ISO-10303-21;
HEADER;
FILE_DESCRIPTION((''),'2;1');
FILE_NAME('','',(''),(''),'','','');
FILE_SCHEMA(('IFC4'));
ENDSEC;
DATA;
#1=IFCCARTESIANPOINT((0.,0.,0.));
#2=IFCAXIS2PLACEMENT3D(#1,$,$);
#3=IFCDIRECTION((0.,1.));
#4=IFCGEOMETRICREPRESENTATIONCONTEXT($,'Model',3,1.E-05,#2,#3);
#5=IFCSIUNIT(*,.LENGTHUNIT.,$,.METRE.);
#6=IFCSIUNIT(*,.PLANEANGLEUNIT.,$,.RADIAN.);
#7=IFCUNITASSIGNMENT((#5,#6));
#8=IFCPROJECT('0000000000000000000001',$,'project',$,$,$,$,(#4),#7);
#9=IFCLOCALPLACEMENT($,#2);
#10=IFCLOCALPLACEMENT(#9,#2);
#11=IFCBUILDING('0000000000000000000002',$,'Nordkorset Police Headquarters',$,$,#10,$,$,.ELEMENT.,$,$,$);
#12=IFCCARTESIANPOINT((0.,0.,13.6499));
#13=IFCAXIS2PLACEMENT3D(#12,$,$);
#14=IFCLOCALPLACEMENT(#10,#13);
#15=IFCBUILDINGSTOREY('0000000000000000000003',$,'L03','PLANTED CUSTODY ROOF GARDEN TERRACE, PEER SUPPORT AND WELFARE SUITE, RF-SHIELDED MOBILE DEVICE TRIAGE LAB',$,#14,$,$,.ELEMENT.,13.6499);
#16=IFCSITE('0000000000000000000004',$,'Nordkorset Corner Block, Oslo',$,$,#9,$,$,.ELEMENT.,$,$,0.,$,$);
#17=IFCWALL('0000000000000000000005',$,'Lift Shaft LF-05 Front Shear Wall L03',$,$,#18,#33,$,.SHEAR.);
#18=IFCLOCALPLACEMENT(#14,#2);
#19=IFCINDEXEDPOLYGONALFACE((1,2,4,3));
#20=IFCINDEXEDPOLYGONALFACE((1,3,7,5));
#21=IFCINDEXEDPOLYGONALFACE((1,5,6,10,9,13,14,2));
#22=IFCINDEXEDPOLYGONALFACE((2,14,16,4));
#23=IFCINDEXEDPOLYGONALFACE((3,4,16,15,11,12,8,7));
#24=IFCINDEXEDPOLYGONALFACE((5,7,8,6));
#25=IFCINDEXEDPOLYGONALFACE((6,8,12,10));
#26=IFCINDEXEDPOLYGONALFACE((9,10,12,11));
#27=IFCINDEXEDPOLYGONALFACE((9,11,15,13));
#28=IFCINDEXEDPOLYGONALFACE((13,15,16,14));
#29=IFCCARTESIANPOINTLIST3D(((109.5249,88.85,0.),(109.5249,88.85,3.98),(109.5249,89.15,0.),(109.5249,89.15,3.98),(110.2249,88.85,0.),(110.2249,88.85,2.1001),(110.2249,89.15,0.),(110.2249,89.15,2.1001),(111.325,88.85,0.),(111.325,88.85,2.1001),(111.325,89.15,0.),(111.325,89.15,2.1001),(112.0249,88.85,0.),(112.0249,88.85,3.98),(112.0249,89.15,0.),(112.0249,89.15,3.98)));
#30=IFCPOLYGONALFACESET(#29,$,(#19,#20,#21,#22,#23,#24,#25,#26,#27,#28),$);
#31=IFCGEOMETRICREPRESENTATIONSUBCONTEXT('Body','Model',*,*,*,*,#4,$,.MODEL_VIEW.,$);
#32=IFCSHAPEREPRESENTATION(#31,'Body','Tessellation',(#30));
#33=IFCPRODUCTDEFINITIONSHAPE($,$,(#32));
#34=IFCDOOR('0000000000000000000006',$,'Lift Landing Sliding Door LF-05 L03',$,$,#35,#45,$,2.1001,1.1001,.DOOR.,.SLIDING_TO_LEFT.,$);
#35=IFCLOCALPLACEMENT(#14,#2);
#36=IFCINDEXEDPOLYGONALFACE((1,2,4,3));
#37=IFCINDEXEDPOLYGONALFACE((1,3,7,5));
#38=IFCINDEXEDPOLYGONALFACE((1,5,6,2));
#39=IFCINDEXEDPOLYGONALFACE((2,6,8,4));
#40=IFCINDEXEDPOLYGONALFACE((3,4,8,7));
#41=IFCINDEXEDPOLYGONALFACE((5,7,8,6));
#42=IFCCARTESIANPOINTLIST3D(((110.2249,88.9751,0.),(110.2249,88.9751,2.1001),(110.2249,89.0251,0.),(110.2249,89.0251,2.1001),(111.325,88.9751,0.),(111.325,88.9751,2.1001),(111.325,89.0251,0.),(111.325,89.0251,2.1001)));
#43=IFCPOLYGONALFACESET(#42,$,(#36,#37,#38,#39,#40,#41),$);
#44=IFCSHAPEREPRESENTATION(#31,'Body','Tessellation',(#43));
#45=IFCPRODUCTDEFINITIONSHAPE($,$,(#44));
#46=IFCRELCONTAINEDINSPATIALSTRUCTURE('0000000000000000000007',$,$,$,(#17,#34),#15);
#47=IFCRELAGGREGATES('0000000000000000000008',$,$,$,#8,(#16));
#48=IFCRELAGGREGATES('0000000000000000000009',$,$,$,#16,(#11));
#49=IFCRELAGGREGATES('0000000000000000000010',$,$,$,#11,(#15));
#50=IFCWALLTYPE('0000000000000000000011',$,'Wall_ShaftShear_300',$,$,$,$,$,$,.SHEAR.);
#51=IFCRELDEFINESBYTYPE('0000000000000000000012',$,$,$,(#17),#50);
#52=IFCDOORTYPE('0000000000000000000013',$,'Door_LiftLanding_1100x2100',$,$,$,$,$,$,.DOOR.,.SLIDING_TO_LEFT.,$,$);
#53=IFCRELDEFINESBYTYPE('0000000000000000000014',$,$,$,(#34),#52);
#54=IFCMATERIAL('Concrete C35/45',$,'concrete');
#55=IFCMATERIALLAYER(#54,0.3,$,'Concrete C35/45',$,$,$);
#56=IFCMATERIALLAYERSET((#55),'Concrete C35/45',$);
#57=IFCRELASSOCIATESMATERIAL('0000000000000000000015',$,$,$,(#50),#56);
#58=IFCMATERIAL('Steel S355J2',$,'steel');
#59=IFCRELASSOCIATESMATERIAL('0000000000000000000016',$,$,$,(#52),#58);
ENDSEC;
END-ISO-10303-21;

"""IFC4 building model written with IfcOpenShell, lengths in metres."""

from ifc_helpers import new_model, si_unit, direction, frame, frame_2d, origin, place, context, subcontext, project, spatial, rectangle, extrude, material, layer, layer_set, type_object, element, fill, save


model = new_model("IFC4")

# Units and contexts
model_context = context("Model", 3, precision=1e-05, world=origin(), true_north=direction((0.0, 1.0)))
body_context = subcontext(model_context, "Body", "Model", "MODEL_VIEW")
ifc_project = project(units=[si_unit("LENGTHUNIT", "METRE"), si_unit("PLANEANGLEUNIT", "RADIAN")], contexts=[model_context])

# Site, building, storey
site_placement = place(None, origin())
site = spatial("IfcSite", under=ifc_project, at=site_placement, Name="Nordkorset Corner Block, Oslo", CompositionType="ELEMENT", RefElevation=0.0)
building_placement = place(site_placement, origin())
building = spatial("IfcBuilding", under=site, at=building_placement, Name="Nordkorset Police Headquarters", CompositionType="ELEMENT")
storey_placement = place(building_placement, frame((0.0, 0.0, 13.6499)))
storey = spatial("IfcBuildingStorey", under=building, at=storey_placement, Name="L03", Description="PLANTED CUSTODY ROOF GARDEN TERRACE, PEER SUPPORT AND WELFARE SUITE, RF-SHIELDED MOBILE DEVICE TRIAGE LAB", CompositionType="ELEMENT", Elevation=13.6499)

# Wall, opening, door
ifc_material_1 = material(Name="Concrete C35/45", Category="concrete")
ifc_layer_1 = layer(ifc_material_1, 0.3, Name="Concrete C35/45")
ifc_layer_set_1 = layer_set([ifc_layer_1], Name="Concrete C35/45")
wall_type_1 = type_object("IfcWallType", Name="Wall_ShaftShear_300", PredefinedType="SHEAR", material=ifc_layer_set_1)
wall_1_placement = place(storey_placement, frame((109.5249, 89.0, 0.0), z_axis=(0.0, 0.0, 1.0), x_axis=(1.0, 0.0, 0.0)))
wall_1 = element("IfcWall", 1, at=wall_1_placement, inside=storey, type_object=wall_type_1, Name="Lift Shaft LF-05 Front Shear Wall L03", PredefinedType="SHEAR", context=body_context, shape_type="SweptSolid", body=[
    extrude(rectangle(XDim=2.5, YDim=0.3, at=frame_2d((1.25, 0.0))), origin(), (0.0, 0.0, 1.0), 3.98),
])
opening_1_placement = place(wall_1_placement, frame((0.7, 0.0, 0.0)))
opening_1 = element("IfcOpeningElement", 2, at=opening_1_placement, cuts=wall_1, PredefinedType="OPENING", context=body_context, shape_type="SweptSolid", body=[
    extrude(rectangle(XDim=1.1001, YDim=2.1001, at=frame_2d((0.55, 1.05))), frame((0.0, 0.1602, 0.0), z_axis=(0.0, -1.0, 0.0), x_axis=(1.0, 0.0, 0.0)), (0.0, 0.0, 1.0), 0.3201),
])
ifc_material_2 = material(Name="Steel S355J2", Category="steel")
door_type_1 = type_object("IfcDoorType", Name="Door_LiftLanding_1100x2100", OperationType="SLIDING_TO_LEFT", PredefinedType="DOOR", material=ifc_material_2)
door_1_placement = place(opening_1_placement, frame((1.1001, 0.0, 0.0), z_axis=(0.0, 0.0, 1.0), x_axis=(-1.0, 0.0, 0.0)))
door_1 = element("IfcDoor", 3, at=door_1_placement, inside=storey, type_object=door_type_1, Name="Lift Landing Sliding Door LF-05 L03", OperationType="SLIDING_TO_LEFT", OverallHeight=2.1001, OverallWidth=1.1001, PredefinedType="DOOR", context=body_context, shape_type="SweptSolid", body=[
    extrude(rectangle(XDim=1.1001, YDim=2.1001, at=frame_2d((0.55, 1.05))), frame((0.0, 0.0249, 0.0), z_axis=(0.0, -1.0, 0.0), x_axis=(1.0, 0.0, 0.0)), (0.0, 0.0, 1.0), 0.05),
])
fill(opening_1, door_1)

save(model, "model.ifc")
